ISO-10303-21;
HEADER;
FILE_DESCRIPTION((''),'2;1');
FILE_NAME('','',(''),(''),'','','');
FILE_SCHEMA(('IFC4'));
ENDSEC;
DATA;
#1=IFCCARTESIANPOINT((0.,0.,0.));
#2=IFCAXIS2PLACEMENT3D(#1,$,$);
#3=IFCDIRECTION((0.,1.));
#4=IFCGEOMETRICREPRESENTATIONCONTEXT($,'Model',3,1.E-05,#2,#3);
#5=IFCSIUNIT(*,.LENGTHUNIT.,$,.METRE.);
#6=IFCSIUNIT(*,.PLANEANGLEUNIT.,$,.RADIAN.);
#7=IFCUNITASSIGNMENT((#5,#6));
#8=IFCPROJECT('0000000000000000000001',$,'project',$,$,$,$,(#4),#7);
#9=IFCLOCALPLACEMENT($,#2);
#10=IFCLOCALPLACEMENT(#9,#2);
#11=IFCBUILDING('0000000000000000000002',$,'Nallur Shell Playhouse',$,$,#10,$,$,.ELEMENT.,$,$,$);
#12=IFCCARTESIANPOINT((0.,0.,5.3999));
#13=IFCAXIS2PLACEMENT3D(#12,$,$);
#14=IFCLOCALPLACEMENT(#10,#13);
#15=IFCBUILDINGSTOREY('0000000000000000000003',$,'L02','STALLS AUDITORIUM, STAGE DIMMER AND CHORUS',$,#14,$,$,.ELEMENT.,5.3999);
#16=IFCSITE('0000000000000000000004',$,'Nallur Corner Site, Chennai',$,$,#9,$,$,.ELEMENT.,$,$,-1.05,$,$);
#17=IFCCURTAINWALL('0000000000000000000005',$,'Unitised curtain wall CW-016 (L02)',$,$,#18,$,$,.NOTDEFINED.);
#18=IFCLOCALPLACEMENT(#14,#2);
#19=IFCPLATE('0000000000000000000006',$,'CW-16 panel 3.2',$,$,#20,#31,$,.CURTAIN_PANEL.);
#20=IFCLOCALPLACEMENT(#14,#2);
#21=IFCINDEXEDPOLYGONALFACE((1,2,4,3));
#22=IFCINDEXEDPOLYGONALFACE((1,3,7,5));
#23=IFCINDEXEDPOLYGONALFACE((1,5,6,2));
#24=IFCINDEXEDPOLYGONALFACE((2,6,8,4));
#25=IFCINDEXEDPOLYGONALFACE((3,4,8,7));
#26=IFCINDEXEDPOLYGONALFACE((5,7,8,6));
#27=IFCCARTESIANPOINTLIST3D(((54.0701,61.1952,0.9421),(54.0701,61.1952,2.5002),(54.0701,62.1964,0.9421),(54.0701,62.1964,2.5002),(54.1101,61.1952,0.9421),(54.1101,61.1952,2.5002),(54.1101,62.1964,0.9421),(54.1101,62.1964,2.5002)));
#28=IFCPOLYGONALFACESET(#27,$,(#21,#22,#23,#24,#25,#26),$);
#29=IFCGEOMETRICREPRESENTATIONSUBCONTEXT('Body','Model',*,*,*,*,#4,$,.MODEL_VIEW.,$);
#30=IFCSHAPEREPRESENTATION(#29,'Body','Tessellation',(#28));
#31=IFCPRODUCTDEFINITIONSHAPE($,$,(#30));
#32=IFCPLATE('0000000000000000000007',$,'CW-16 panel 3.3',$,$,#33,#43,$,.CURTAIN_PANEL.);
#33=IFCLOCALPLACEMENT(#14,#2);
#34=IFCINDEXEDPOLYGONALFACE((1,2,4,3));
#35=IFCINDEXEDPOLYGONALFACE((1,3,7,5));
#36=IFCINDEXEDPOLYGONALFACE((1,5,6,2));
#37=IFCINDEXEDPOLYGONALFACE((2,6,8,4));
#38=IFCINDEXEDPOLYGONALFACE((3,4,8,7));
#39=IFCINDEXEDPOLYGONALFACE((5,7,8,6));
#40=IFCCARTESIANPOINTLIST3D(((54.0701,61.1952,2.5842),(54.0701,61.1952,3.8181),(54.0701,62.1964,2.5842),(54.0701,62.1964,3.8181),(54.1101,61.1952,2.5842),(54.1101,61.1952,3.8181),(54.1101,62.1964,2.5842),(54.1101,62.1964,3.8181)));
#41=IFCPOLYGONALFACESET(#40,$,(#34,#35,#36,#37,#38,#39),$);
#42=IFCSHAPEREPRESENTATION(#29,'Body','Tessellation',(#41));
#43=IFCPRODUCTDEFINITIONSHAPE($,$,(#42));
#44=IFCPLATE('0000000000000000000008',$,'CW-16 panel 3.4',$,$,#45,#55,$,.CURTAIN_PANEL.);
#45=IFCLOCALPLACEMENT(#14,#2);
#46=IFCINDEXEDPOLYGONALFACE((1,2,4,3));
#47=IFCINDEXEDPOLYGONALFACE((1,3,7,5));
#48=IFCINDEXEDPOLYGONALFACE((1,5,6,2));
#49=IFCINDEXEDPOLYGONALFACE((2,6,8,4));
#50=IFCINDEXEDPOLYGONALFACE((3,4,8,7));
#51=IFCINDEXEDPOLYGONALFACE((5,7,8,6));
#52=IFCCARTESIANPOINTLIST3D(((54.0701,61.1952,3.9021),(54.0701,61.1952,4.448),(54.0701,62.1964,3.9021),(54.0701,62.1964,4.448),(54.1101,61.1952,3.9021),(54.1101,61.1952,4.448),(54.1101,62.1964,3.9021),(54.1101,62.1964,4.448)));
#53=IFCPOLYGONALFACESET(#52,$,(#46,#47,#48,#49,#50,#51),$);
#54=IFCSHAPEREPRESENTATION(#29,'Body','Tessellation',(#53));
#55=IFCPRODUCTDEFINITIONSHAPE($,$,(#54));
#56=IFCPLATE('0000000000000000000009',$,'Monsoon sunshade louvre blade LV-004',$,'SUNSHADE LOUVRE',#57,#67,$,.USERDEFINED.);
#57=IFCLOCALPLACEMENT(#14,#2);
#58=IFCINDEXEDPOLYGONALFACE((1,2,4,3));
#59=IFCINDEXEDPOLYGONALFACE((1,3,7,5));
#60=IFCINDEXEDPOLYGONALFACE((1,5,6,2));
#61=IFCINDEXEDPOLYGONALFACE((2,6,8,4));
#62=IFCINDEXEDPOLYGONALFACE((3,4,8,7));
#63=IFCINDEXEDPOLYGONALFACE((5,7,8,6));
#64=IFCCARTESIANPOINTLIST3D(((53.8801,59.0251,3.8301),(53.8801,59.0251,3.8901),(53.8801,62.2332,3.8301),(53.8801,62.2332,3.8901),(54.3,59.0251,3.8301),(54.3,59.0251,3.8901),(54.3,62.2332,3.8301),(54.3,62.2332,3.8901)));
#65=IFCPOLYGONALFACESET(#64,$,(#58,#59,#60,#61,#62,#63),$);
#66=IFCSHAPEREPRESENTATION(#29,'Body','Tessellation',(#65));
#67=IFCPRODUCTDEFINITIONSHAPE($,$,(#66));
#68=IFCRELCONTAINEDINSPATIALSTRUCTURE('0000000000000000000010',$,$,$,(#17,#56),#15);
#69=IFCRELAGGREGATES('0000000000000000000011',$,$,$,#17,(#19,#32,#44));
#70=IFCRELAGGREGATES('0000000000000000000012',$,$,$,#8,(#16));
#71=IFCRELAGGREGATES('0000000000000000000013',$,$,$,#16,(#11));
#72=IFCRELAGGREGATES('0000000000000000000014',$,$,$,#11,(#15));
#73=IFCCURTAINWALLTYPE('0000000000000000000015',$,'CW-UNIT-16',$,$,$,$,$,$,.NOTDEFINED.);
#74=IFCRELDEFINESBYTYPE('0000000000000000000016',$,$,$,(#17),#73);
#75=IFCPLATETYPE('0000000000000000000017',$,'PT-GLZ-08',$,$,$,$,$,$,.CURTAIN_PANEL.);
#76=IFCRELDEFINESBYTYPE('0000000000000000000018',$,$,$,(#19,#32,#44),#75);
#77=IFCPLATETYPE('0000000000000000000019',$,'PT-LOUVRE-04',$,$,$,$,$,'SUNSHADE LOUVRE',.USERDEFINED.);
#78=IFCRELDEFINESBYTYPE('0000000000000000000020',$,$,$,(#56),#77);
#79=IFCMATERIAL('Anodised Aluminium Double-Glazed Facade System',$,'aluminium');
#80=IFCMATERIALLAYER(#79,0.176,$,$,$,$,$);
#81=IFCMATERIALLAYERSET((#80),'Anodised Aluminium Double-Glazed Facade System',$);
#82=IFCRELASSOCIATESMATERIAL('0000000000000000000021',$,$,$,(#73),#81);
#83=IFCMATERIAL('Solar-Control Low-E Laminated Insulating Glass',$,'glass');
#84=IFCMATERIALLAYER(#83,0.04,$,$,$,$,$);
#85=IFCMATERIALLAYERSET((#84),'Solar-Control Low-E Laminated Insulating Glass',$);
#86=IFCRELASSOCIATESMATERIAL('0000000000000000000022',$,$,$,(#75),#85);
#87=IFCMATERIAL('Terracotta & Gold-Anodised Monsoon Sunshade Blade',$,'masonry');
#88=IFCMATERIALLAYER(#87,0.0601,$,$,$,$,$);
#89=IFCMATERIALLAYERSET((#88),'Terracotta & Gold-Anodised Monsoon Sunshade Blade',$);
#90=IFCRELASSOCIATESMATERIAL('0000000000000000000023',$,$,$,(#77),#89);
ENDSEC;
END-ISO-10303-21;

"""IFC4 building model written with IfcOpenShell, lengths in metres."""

from ifc_helpers import new_model, si_unit, direction, frame, origin, origin_2d, place, context, subcontext, project, spatial, rectangle, extrude, material, layer, layer_set, type_object, element, aggregate, save


model = new_model("IFC4")

# Units and contexts
model_context = context("Model", 3, precision=1e-05, world=origin(), true_north=direction((0.0, 1.0)))
body_context = subcontext(model_context, "Body", "Model", "MODEL_VIEW")
ifc_project = project(units=[si_unit("LENGTHUNIT", "METRE"), si_unit("PLANEANGLEUNIT", "RADIAN")], contexts=[model_context])

# Site, building, storey
site_placement = place(None, origin())
site = spatial("IfcSite", under=ifc_project, at=site_placement, Name="Nallur Corner Site, Chennai", CompositionType="ELEMENT", RefElevation=-1.05)
building_placement = place(site_placement, origin())
building = spatial("IfcBuilding", under=site, at=building_placement, Name="Nallur Shell Playhouse", CompositionType="ELEMENT")
storey_placement = place(building_placement, frame((0.0, 0.0, 5.3999)))
storey = spatial("IfcBuildingStorey", under=building, at=storey_placement, Name="L02", Description="STALLS AUDITORIUM, STAGE DIMMER AND CHORUS", CompositionType="ELEMENT", Elevation=5.3999)

# Shared definitions
ifc_material_1 = material(Name="Anodised Aluminium Double-Glazed Facade System", Category="aluminium")

# Curtain wall
ifc_layer_1 = layer(ifc_material_1, 0.176)
ifc_layer_set_1 = layer_set([ifc_layer_1], Name="Anodised Aluminium Double-Glazed Facade System")
curtain_wall_type_1 = type_object("IfcCurtainWallType", Name="CW-UNIT-16", PredefinedType="NOTDEFINED", material=ifc_layer_set_1)
curtain_wall_1_placement = place(storey_placement, origin())
curtain_wall_1 = element("IfcCurtainWall", 1, at=curtain_wall_1_placement, inside=storey, type_object=curtain_wall_type_1, Name="Unitised curtain wall CW-016 (L02)", PredefinedType="NOTDEFINED")

# Plates
ifc_material_2 = material(Name="Solar-Control Low-E Laminated Insulating Glass", Category="glass")
ifc_layer_2 = layer(ifc_material_2, 0.04)
ifc_layer_set_2 = layer_set([ifc_layer_2], Name="Solar-Control Low-E Laminated Insulating Glass")
plate_type_1 = type_object("IfcPlateType", Name="PT-GLZ-08", PredefinedType="CURTAIN_PANEL", material=ifc_layer_set_2)
plate_1_placement = place(storey_placement, frame((54.0901, 61.6958, 0.9421), z_axis=(0.0, 0.0, 1.0), x_axis=(0.0, 1.0, 0.0)))
plate_1 = element("IfcPlate", 2, at=plate_1_placement, type_object=plate_type_1, Name="CW-16 panel 3.2", PredefinedType="CURTAIN_PANEL", context=body_context, shape_type="SweptSolid", body=[
    extrude(rectangle(XDim=1.0012, YDim=0.04, at=origin_2d()), origin(), (0.0, 0.0, 1.0), 1.5581),
])
plate_2_placement = place(storey_placement, frame((54.0901, 61.6958, 2.5842), z_axis=(0.0, 0.0, 1.0), x_axis=(0.0, 1.0, 0.0)))
plate_2 = element("IfcPlate", 3, at=plate_2_placement, type_object=plate_type_1, Name="CW-16 panel 3.3", PredefinedType="CURTAIN_PANEL", context=body_context, shape_type="SweptSolid", body=[
    extrude(rectangle(XDim=1.0012, YDim=0.04, at=origin_2d()), origin(), (0.0, 0.0, 1.0), 1.2339),
])
plate_3_placement = place(storey_placement, frame((54.0901, 61.6958, 3.9021), z_axis=(0.0, 0.0, 1.0), x_axis=(0.0, 1.0, 0.0)))
plate_3 = element("IfcPlate", 4, at=plate_3_placement, type_object=plate_type_1, Name="CW-16 panel 3.4", PredefinedType="CURTAIN_PANEL", context=body_context, shape_type="SweptSolid", body=[
    extrude(rectangle(XDim=1.0012, YDim=0.04, at=origin_2d()), origin(), (0.0, 0.0, 1.0), 0.5459),
])
aggregate(curtain_wall_1, [plate_1, plate_2, plate_3])
ifc_material_3 = material(Name="Terracotta & Gold-Anodised Monsoon Sunshade Blade", Category="masonry")
ifc_layer_3 = layer(ifc_material_3, 0.0601)
ifc_layer_set_3 = layer_set([ifc_layer_3], Name="Terracotta & Gold-Anodised Monsoon Sunshade Blade")
plate_type_2 = type_object("IfcPlateType", Name="PT-LOUVRE-04", ElementType="SUNSHADE LOUVRE", PredefinedType="USERDEFINED", material=ifc_layer_set_3)
plate_4_placement = place(storey_placement, frame((54.0901, 60.6292, 3.8301), z_axis=(0.0, 0.0, 1.0), x_axis=(0.0, 1.0, 0.0)))
element("IfcPlate", 5, at=plate_4_placement, inside=storey, type_object=plate_type_2, Name="Monsoon sunshade louvre blade LV-004", ObjectType="SUNSHADE LOUVRE", PredefinedType="USERDEFINED", context=body_context, shape_type="SweptSolid", body=[
    extrude(rectangle(XDim=3.208, YDim=0.4199, at=origin_2d()), origin(), (0.0, 0.0, 1.0), 0.0601),
])

save(model, "model.ifc")
